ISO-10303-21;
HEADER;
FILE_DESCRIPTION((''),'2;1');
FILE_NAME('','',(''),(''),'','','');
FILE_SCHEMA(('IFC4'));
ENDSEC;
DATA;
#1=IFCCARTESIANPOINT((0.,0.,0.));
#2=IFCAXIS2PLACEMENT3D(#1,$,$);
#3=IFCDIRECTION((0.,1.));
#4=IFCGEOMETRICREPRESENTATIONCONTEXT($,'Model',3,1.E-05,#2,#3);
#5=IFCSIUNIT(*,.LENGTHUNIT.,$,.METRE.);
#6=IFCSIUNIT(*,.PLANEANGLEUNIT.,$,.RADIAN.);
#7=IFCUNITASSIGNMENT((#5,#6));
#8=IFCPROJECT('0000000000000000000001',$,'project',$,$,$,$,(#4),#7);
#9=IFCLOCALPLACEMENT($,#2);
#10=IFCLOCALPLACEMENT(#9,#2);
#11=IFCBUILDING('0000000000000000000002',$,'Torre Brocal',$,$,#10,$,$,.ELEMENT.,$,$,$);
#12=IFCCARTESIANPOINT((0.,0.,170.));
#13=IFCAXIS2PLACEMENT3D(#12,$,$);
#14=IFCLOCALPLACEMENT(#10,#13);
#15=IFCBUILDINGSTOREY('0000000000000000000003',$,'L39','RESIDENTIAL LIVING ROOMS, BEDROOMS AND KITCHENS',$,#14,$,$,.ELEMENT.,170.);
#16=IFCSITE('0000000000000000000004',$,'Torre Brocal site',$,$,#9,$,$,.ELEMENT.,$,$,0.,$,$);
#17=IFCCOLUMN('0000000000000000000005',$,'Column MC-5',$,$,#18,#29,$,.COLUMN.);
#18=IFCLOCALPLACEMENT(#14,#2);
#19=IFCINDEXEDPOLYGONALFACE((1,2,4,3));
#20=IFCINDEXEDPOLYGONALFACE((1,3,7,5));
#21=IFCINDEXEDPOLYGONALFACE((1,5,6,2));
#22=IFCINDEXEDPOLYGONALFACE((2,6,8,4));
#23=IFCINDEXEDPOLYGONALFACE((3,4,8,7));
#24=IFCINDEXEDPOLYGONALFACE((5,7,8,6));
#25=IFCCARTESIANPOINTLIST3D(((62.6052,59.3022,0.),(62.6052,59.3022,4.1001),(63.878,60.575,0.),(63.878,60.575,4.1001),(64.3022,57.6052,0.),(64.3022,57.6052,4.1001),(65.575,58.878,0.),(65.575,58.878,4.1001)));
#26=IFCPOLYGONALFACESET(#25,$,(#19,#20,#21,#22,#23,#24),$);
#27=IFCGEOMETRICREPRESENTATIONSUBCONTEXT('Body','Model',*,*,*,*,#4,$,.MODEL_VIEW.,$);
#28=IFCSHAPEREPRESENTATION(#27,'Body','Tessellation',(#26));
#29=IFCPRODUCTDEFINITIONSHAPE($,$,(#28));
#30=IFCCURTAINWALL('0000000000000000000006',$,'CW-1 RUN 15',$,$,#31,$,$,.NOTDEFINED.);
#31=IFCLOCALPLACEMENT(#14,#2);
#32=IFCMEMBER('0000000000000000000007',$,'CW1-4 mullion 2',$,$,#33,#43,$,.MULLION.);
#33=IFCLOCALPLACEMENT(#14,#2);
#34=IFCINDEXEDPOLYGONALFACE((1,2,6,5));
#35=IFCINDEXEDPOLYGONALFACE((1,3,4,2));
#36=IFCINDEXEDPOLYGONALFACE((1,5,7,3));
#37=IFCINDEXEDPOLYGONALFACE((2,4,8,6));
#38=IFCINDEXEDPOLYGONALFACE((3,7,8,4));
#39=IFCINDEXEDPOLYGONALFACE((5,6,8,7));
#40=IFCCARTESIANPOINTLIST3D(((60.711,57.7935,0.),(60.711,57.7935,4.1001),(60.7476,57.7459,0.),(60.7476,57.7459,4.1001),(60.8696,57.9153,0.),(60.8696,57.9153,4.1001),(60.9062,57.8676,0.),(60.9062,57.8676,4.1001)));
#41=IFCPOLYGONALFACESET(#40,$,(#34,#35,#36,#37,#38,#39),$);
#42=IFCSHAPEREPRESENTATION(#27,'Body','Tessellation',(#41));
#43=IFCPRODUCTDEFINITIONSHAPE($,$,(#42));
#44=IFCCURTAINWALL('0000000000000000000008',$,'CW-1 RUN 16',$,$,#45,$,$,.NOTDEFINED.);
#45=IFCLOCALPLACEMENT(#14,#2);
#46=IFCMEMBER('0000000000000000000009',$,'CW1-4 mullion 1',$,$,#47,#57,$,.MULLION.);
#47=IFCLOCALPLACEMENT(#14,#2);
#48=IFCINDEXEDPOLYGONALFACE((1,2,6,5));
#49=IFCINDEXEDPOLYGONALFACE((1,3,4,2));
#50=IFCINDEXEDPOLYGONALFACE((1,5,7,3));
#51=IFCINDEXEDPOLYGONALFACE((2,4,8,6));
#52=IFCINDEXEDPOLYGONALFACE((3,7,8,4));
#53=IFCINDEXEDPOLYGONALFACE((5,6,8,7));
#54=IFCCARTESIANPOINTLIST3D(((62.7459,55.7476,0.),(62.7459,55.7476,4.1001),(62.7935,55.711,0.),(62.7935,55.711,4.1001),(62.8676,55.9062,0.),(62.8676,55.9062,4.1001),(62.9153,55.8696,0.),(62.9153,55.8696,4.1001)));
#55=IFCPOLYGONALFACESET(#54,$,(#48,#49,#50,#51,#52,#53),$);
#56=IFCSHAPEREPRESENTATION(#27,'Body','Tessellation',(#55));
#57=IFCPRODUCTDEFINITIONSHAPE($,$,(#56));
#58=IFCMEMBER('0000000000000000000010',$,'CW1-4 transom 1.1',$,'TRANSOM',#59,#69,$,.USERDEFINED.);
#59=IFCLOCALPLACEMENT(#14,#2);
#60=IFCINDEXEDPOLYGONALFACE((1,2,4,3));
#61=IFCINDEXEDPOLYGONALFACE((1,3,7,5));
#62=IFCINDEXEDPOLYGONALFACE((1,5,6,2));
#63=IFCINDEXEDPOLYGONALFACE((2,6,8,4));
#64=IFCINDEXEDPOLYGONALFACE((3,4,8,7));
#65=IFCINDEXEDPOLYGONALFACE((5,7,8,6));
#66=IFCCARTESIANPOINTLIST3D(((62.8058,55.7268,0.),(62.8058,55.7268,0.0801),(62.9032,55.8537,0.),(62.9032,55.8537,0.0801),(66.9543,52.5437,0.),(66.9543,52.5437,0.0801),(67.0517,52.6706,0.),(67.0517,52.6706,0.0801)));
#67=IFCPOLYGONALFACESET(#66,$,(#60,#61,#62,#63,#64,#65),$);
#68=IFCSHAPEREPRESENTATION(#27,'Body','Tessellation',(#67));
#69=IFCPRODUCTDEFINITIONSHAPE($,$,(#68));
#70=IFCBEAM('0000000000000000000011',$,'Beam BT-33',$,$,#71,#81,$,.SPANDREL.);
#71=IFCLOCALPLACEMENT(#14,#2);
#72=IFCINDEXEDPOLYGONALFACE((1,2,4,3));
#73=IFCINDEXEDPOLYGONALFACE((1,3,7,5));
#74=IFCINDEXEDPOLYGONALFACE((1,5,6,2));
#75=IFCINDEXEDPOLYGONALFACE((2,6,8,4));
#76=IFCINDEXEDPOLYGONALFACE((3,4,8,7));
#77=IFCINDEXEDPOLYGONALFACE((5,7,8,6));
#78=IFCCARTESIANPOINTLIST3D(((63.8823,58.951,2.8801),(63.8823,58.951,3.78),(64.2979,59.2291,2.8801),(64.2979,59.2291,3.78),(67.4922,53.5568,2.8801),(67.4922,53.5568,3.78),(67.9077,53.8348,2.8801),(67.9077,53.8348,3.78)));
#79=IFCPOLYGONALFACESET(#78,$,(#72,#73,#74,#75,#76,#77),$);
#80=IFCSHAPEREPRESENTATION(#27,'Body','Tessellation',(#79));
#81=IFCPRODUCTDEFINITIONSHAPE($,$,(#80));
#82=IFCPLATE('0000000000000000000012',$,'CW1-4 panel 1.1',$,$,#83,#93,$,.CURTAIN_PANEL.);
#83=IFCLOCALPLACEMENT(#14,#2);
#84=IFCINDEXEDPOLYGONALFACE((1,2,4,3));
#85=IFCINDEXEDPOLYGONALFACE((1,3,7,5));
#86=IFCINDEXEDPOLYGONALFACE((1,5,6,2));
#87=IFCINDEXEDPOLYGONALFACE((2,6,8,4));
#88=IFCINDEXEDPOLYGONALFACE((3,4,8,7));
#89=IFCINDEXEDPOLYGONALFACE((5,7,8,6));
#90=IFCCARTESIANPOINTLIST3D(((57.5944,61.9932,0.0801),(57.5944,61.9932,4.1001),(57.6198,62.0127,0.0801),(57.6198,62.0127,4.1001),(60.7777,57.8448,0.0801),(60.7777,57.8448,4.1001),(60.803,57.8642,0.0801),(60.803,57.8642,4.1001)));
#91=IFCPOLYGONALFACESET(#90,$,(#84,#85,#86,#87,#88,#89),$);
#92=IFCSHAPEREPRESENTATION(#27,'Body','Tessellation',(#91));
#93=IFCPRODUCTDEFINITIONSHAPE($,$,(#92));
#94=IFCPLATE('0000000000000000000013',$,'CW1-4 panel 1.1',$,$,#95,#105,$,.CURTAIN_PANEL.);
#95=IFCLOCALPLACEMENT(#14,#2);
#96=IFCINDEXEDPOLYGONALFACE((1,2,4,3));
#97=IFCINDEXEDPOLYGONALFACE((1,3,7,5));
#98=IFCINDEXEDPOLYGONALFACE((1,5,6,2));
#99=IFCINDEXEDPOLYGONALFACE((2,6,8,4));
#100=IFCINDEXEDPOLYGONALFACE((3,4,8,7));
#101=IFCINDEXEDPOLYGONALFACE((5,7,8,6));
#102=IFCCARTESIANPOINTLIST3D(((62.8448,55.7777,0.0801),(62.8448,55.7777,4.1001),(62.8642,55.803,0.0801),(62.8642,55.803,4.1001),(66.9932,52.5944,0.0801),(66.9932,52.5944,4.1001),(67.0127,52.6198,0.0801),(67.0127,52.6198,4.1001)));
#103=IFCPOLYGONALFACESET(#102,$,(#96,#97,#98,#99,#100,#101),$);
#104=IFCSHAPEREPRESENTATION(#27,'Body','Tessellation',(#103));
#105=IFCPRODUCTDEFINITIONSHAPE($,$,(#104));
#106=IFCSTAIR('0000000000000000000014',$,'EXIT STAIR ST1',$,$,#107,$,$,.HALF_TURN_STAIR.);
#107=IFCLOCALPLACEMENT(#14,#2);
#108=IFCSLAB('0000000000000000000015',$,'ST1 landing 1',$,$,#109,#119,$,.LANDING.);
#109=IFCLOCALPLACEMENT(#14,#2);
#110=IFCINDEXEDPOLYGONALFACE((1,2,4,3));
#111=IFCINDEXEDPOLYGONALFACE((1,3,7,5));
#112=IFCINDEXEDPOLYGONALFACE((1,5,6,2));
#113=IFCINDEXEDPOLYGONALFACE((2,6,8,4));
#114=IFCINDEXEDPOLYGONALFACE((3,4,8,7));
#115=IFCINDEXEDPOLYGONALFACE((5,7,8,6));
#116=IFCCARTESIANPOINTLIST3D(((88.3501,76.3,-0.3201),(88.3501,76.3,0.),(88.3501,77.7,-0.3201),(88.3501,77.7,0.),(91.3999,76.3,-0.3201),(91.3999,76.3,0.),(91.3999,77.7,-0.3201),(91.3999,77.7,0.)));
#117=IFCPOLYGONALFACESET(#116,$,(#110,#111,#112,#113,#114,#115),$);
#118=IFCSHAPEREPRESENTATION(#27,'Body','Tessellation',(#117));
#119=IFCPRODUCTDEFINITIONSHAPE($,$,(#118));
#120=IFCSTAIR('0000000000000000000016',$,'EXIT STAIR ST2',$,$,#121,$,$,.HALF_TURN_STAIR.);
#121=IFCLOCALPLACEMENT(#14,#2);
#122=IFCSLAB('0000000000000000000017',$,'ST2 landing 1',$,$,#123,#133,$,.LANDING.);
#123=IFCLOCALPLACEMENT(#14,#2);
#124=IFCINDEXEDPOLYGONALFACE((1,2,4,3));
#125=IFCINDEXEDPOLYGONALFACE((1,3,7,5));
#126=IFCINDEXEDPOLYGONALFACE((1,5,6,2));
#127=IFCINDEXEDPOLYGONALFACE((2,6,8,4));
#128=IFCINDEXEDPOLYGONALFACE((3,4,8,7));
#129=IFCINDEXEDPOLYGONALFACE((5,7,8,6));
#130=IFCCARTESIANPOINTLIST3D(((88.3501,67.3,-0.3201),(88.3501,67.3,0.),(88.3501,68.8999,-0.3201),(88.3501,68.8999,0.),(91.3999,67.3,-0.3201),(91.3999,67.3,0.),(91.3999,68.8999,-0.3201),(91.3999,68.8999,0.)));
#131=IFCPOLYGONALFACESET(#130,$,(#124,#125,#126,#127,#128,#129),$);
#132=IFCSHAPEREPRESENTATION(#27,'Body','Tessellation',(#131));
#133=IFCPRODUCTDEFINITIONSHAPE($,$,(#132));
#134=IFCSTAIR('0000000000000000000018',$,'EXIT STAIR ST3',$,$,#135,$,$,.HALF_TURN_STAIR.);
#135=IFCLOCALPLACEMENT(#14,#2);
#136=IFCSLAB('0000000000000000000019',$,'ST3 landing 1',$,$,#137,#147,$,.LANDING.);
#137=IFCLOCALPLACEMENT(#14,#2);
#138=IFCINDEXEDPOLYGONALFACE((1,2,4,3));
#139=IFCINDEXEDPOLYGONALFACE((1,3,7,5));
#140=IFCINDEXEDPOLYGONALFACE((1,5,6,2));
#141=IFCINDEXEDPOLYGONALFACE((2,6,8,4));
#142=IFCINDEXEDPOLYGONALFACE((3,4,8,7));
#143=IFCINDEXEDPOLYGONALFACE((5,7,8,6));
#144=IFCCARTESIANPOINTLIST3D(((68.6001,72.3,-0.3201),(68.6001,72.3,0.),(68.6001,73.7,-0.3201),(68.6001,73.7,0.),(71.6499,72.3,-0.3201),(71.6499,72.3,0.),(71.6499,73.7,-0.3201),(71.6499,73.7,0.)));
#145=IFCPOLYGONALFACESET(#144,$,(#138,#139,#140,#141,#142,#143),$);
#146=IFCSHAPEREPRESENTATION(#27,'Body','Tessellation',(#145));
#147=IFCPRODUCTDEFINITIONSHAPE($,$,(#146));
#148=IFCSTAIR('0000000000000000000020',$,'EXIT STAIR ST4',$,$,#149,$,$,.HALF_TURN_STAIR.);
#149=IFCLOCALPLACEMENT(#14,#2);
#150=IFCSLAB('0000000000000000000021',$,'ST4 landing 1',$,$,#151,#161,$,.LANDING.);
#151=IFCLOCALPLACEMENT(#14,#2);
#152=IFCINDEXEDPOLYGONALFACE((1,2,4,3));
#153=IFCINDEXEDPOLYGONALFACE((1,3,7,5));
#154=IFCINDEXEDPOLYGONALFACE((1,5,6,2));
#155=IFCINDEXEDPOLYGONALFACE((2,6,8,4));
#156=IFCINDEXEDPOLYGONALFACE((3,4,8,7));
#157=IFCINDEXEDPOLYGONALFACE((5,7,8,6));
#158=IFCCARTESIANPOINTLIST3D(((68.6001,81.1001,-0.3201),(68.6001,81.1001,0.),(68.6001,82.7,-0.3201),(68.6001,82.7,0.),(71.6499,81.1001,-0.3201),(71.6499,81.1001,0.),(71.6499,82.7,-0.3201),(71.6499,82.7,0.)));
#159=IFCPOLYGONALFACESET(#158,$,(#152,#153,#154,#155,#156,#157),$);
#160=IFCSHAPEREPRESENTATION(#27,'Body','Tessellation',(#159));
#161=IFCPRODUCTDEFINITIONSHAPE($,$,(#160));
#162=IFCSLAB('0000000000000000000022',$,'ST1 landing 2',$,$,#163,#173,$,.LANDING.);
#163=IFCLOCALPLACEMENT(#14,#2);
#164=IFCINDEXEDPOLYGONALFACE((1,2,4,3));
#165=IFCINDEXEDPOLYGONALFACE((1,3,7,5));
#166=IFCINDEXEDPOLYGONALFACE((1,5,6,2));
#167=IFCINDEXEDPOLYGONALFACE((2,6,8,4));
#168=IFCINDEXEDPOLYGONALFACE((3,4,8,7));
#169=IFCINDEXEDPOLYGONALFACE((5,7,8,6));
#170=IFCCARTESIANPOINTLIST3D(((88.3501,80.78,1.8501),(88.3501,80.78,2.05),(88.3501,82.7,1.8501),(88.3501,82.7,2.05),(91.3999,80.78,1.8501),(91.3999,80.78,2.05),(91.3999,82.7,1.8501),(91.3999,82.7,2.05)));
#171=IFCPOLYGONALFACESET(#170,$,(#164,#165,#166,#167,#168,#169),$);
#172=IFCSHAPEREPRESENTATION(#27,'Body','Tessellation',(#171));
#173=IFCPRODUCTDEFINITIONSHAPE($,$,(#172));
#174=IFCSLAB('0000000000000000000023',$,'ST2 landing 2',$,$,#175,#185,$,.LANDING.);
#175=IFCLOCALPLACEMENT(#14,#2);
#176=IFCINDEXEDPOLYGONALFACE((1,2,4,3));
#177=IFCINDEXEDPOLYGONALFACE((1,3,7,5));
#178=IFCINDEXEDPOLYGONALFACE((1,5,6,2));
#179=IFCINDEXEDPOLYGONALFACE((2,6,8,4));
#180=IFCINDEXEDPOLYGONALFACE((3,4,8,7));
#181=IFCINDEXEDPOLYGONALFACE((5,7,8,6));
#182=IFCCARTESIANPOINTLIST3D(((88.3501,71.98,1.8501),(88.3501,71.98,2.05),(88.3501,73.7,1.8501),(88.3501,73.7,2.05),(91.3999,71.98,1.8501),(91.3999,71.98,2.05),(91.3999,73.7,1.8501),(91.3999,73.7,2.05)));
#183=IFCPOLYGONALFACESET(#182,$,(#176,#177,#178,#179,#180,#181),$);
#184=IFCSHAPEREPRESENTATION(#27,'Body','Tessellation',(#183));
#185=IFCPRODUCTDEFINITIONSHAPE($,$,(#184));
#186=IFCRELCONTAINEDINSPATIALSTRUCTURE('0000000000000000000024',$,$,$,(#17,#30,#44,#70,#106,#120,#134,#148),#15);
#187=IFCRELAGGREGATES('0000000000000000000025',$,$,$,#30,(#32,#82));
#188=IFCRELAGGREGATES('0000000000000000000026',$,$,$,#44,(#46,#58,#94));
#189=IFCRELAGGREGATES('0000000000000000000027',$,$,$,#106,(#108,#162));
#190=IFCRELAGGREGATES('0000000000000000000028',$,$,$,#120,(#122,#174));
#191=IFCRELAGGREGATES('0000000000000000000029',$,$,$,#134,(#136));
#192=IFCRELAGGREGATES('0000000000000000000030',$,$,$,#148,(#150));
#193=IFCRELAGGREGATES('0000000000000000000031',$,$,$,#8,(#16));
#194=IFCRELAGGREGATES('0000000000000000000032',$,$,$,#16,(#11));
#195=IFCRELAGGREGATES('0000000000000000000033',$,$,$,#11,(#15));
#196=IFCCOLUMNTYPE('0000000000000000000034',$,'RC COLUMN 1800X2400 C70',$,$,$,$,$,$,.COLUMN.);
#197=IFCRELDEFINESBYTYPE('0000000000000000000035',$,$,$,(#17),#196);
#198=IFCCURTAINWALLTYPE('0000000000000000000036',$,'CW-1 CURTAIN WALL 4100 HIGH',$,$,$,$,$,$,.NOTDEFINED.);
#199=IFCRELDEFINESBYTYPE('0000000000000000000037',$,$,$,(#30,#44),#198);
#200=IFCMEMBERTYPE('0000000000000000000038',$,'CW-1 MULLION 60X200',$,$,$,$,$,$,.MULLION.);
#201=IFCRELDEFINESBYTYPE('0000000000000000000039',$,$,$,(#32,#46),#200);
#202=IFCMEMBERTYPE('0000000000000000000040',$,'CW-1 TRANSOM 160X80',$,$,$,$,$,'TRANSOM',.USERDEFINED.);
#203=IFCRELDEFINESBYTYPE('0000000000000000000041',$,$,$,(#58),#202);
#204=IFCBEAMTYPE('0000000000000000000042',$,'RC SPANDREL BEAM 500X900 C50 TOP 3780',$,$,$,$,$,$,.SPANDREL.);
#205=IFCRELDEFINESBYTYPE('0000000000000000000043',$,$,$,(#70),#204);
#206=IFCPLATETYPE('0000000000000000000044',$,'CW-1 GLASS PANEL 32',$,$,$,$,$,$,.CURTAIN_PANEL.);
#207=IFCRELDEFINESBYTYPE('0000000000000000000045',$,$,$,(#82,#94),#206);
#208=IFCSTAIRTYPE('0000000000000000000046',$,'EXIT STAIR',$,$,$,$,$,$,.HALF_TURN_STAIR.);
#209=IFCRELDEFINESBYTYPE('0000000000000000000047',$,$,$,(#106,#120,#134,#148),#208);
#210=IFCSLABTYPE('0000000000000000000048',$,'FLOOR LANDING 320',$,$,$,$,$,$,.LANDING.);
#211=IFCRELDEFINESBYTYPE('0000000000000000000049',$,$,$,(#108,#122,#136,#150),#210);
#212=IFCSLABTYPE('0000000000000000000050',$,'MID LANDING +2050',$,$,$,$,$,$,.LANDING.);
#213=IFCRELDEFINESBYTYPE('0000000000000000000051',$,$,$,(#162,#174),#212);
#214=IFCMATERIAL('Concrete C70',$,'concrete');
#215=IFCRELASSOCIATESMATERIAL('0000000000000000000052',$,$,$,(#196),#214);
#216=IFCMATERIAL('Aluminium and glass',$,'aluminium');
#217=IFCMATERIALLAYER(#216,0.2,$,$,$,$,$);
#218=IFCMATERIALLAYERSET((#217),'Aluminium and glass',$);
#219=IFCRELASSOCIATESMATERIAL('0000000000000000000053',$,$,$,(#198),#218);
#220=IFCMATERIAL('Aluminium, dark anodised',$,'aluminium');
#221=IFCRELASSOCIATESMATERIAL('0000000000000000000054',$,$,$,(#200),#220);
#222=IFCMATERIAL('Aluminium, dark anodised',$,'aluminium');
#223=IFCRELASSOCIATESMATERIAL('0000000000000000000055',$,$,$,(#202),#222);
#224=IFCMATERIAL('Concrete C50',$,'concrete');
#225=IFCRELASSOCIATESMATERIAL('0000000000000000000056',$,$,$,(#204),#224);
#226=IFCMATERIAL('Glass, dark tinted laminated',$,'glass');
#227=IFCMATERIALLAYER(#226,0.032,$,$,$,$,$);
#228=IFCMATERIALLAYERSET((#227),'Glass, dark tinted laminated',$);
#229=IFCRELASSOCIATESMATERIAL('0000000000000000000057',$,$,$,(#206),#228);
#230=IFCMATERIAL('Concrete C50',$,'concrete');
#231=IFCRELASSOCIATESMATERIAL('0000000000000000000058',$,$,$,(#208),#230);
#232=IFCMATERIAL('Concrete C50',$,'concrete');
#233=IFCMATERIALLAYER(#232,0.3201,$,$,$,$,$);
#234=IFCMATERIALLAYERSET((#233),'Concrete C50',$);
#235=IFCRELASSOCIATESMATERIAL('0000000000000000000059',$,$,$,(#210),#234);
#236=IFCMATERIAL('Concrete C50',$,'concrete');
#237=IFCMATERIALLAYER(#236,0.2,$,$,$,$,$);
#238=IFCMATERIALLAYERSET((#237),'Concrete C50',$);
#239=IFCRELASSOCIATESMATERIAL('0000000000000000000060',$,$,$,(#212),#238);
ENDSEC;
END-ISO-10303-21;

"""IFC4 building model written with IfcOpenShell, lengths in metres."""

from ifc_helpers import new_model, si_unit, direction, frame, origin, origin_2d, place, context, subcontext, project, spatial, polyline, rectangle, outline, extrude, material, layer, layer_set, material_profile, profile_set, type_object, element, aggregate, save


model = new_model("IFC4")

# Units and contexts
model_context = context("Model", 3, precision=1e-05, world=origin(), true_north=direction((0.0, 1.0)))
body_context = subcontext(model_context, "Body", "Model", "MODEL_VIEW")
ifc_project = project(units=[si_unit("LENGTHUNIT", "METRE"), si_unit("PLANEANGLEUNIT", "RADIAN")], contexts=[model_context])

# Site, building, storey
site_placement = place(None, origin())
site = spatial("IfcSite", under=ifc_project, at=site_placement, Name="Torre Brocal site", CompositionType="ELEMENT", RefElevation=0.0)
building_placement = place(site_placement, origin())
building = spatial("IfcBuilding", under=site, at=building_placement, Name="Torre Brocal", CompositionType="ELEMENT")
storey_placement = place(building_placement, frame((0.0, 0.0, 170.0)))
storey = spatial("IfcBuildingStorey", under=building, at=storey_placement, Name="L39", Description="RESIDENTIAL LIVING ROOMS, BEDROOMS AND KITCHENS", CompositionType="ELEMENT", Elevation=170.0)

# Column
ifc_material_1 = material(Name="Concrete C70", Category="concrete")
ifc_material_profile_1 = material_profile(ifc_material_1, rectangle(XDim=1.8, YDim=2.3999, at=origin_2d()), Name="RC 1800X2400")
ifc_profile_set_1 = profile_set([ifc_material_profile_1], Name="Concrete C70")
column_type = type_object("IfcColumnType", Name="RC COLUMN 1800X2400 C70", PredefinedType="COLUMN", material=ifc_profile_set_1)
column_placement = place(storey_placement, frame((64.0901, 59.0901, 0.0), z_axis=(0.0, 0.0, 1.0), x_axis=(-0.707107, -0.707107, 0.0)))
element("IfcColumn", 1, at=column_placement, inside=storey, type_object=column_type, Name="Column MC-5", PredefinedType="COLUMN", context=body_context, shape_type="SweptSolid", body=[
    extrude(rectangle(XDim=1.8, YDim=2.3999, at=origin_2d()), origin(), (0.0, 0.0, 1.0), 4.1001),
])

# Curtain wall, member
ifc_material_2 = material(Name="Aluminium and glass", Category="aluminium")
ifc_layer_1 = layer(ifc_material_2, 0.2)
ifc_layer_set_1 = layer_set([ifc_layer_1], Name="Aluminium and glass")
curtain_wall_type = type_object("IfcCurtainWallType", Name="CW-1 CURTAIN WALL 4100 HIGH", PredefinedType="NOTDEFINED", material=ifc_layer_set_1)
curtain_wall_1_placement = place(storey_placement, origin())
curtain_wall_1 = element("IfcCurtainWall", 2, at=curtain_wall_1_placement, inside=storey, type_object=curtain_wall_type, Name="CW-1 RUN 15", PredefinedType="NOTDEFINED")
ifc_material_3 = material(Name="Aluminium, dark anodised", Category="aluminium")
ifc_material_profile_2 = material_profile(ifc_material_3, rectangle(XDim=0.2, YDim=0.0601, at=origin_2d()), Name="CW-1 MULLION 60X200")
ifc_profile_set_2 = profile_set([ifc_material_profile_2], Name="Aluminium, dark anodised")
member_type_1 = type_object("IfcMemberType", Name="CW-1 MULLION 60X200", PredefinedType="MULLION", material=ifc_profile_set_2)
member_1_placement = place(storey_placement, frame((60.8086, 57.8306, 0.0), z_axis=(0.0, 0.0, 1.0), x_axis=(0.793353, 0.608761, 0.0)))
member_1 = element("IfcMember", 3, at=member_1_placement, type_object=member_type_1, Name="CW1-4 mullion 2", PredefinedType="MULLION", context=body_context, shape_type="SweptSolid", body=[
    extrude(rectangle(XDim=0.2, YDim=0.0601, at=origin_2d()), origin(), (0.0, 0.0, 1.0), 4.1001),
])

# Curtain wall, members
curtain_wall_2_placement = place(storey_placement, origin())
curtain_wall_2 = element("IfcCurtainWall", 4, at=curtain_wall_2_placement, inside=storey, type_object=curtain_wall_type, Name="CW-1 RUN 16", PredefinedType="NOTDEFINED")
member_2_placement = place(storey_placement, frame((62.8306, 55.8086, 0.0), z_axis=(0.0, 0.0, 1.0), x_axis=(0.608761, 0.793353, 0.0)))
member_2 = element("IfcMember", 5, at=member_2_placement, type_object=member_type_1, Name="CW1-4 mullion 1", PredefinedType="MULLION", context=body_context, shape_type="SweptSolid", body=[
    extrude(rectangle(XDim=0.2, YDim=0.0601, at=origin_2d()), origin(), (0.0, 0.0, 1.0), 4.1001),
])
ifc_material_4 = material(Name="Aluminium, dark anodised", Category="aluminium")
ifc_material_profile_3 = material_profile(ifc_material_4, rectangle(XDim=0.1599, YDim=0.0801, at=origin_2d()), Name="CW-1 TRANSOM 160X80")
ifc_profile_set_3 = profile_set([ifc_material_profile_3], Name="Aluminium, dark anodised")
member_type_2 = type_object("IfcMemberType", Name="CW-1 TRANSOM 160X80", ElementType="TRANSOM", PredefinedType="USERDEFINED", material=ifc_profile_set_3)
member_3_placement = place(storey_placement, frame((62.8545, 55.7903, 0.04), z_axis=(0.793363, -0.608749, 0.0), x_axis=(0.608749, 0.793363, 0.0)))
member_3 = element("IfcMember", 6, at=member_3_placement, type_object=member_type_2, Name="CW1-4 transom 1.1", ObjectType="TRANSOM", PredefinedType="USERDEFINED", context=body_context, shape_type="SweptSolid", body=[
    extrude(rectangle(XDim=0.1599, YDim=0.0801, at=origin_2d()), origin(), (0.0, 0.0, 1.0), 5.229),
])

# Beam
ifc_material_5 = material(Name="Concrete C50", Category="concrete")
ifc_material_profile_4 = material_profile(ifc_material_5, rectangle(XDim=0.5, YDim=0.8999, at=origin_2d()), Name="RC 500X900")
ifc_profile_set_4 = profile_set([ifc_material_profile_4], Name="Concrete C50")
beam_type = type_object("IfcBeamType", Name="RC SPANDREL BEAM 500X900 C50 TOP 3780", PredefinedType="SPANDREL", material=ifc_profile_set_4)
beam_placement = place(storey_placement, frame((64.0901, 59.0901, 3.3301), z_axis=(0.556158, -0.831077, 0.0), x_axis=(0.831077, 0.556158, 0.0)))
element("IfcBeam", 7, at=beam_placement, inside=storey, type_object=beam_type, Name="Beam BT-33", PredefinedType="SPANDREL", context=body_context, shape_type="SweptSolid", body=[
    extrude(rectangle(XDim=0.5, YDim=0.8999, at=origin_2d()), origin(), (0.0, 0.0, 1.0), 6.4907),
])

# Plates
ifc_material_6 = material(Name="Glass, dark tinted laminated", Category="glass")
ifc_layer_2 = layer(ifc_material_6, 0.032)
ifc_layer_set_2 = layer_set([ifc_layer_2], Name="Glass, dark tinted laminated")
plate_type = type_object("IfcPlateType", Name="CW-1 GLASS PANEL 32", PredefinedType="CURTAIN_PANEL", material=ifc_layer_set_2)
plate_1_placement = place(storey_placement, frame((59.1987, 59.9287, 0.0801), z_axis=(0.0, 0.0, 1.0), x_axis=(0.608761, -0.793353, 0.0)))
plate_1 = element("IfcPlate", 8, at=plate_1_placement, type_object=plate_type, Name="CW1-4 panel 1.1", PredefinedType="CURTAIN_PANEL", context=body_context, shape_type="SweptSolid", body=[
    extrude(rectangle(XDim=5.229, YDim=0.032, at=origin_2d()), origin(), (0.0, 0.0, 1.0), 4.02),
])
aggregate(curtain_wall_1, [member_1, plate_1])
plate_2_placement = place(storey_placement, frame((64.9287, 54.1987, 0.0801), z_axis=(0.0, 0.0, 1.0), x_axis=(0.793353, -0.608761, 0.0)))
plate_2 = element("IfcPlate", 9, at=plate_2_placement, type_object=plate_type, Name="CW1-4 panel 1.1", PredefinedType="CURTAIN_PANEL", context=body_context, shape_type="SweptSolid", body=[
    extrude(rectangle(XDim=5.229, YDim=0.032, at=origin_2d()), origin(), (0.0, 0.0, 1.0), 4.02),
])
aggregate(curtain_wall_2, [member_2, member_3, plate_2])

# Stairs, slabs
ifc_material_7 = material(Name="Concrete C50", Category="concrete")
stair_type = type_object("IfcStairType", Name="EXIT STAIR", PredefinedType="HALF_TURN_STAIR", material=ifc_material_7)
stair_1_placement = place(storey_placement, origin())
stair_1 = element("IfcStair", 10, at=stair_1_placement, inside=storey, type_object=stair_type, Name="EXIT STAIR ST1", PredefinedType="HALF_TURN_STAIR")
ifc_material_8 = material(Name="Concrete C50", Category="concrete")
ifc_layer_3 = layer(ifc_material_8, 0.3201)
ifc_layer_set_3 = layer_set([ifc_layer_3], Name="Concrete C50")
slab_type_1 = type_object("IfcSlabType", Name="FLOOR LANDING 320", PredefinedType="LANDING", material=ifc_layer_set_3)
slab_1_placement = place(storey_placement, frame((0.0, 0.0, -0.3201)))
slab_1 = element("IfcSlab", 11, at=slab_1_placement, type_object=slab_type_1, Name="ST1 landing 1", PredefinedType="LANDING", context=body_context, shape_type="SweptSolid", body=[
    extrude(outline(polyline([(88.3501, 76.3), (91.3999, 76.3), (91.3999, 77.7), (88.3501, 77.7), (88.3501, 76.3)])), origin(), (0.0, 0.0, 1.0), 0.3201),
])
stair_2_placement = place(storey_placement, origin())
stair_2 = element("IfcStair", 12, at=stair_2_placement, inside=storey, type_object=stair_type, Name="EXIT STAIR ST2", PredefinedType="HALF_TURN_STAIR")
slab_2_placement = place(storey_placement, frame((0.0, 0.0, -0.3201)))
slab_2 = element("IfcSlab", 13, at=slab_2_placement, type_object=slab_type_1, Name="ST2 landing 1", PredefinedType="LANDING", context=body_context, shape_type="SweptSolid", body=[
    extrude(outline(polyline([(88.3501, 67.3), (91.3999, 67.3), (91.3999, 68.8999), (88.3501, 68.8999), (88.3501, 67.3)])), origin(), (0.0, 0.0, 1.0), 0.3201),
])
stair_3_placement = place(storey_placement, origin())
stair_3 = element("IfcStair", 14, at=stair_3_placement, inside=storey, type_object=stair_type, Name="EXIT STAIR ST3", PredefinedType="HALF_TURN_STAIR")
slab_3_placement = place(storey_placement, frame((0.0, 0.0, -0.3201)))
slab_3 = element("IfcSlab", 15, at=slab_3_placement, type_object=slab_type_1, Name="ST3 landing 1", PredefinedType="LANDING", context=body_context, shape_type="SweptSolid", body=[
    extrude(outline(polyline([(71.6499, 73.7), (68.6001, 73.7), (68.6001, 72.3), (71.6499, 72.3), (71.6499, 73.7)])), origin(), (0.0, 0.0, 1.0), 0.3201),
])
stair_4_placement = place(storey_placement, origin())
stair_4 = element("IfcStair", 16, at=stair_4_placement, inside=storey, type_object=stair_type, Name="EXIT STAIR ST4", PredefinedType="HALF_TURN_STAIR")
slab_4_placement = place(storey_placement, frame((0.0, 0.0, -0.3201)))
slab_4 = element("IfcSlab", 17, at=slab_4_placement, type_object=slab_type_1, Name="ST4 landing 1", PredefinedType="LANDING", context=body_context, shape_type="SweptSolid", body=[
    extrude(outline(polyline([(71.6499, 82.7), (68.6001, 82.7), (68.6001, 81.1001), (71.6499, 81.1001), (71.6499, 82.7)])), origin(), (0.0, 0.0, 1.0), 0.3201),
])

# Slabs
ifc_material_9 = material(Name="Concrete C50", Category="concrete")
ifc_layer_4 = layer(ifc_material_9, 0.2)
ifc_layer_set_4 = layer_set([ifc_layer_4], Name="Concrete C50")
slab_type_2 = type_object("IfcSlabType", Name="MID LANDING +2050", PredefinedType="LANDING", material=ifc_layer_set_4)
slab_5_placement = place(storey_placement, frame((0.0, 0.0, 1.8501)))
slab_5 = element("IfcSlab", 18, at=slab_5_placement, type_object=slab_type_2, Name="ST1 landing 2", PredefinedType="LANDING", context=body_context, shape_type="SweptSolid", body=[
    extrude(outline(polyline([(88.3501, 80.78), (91.3999, 80.78), (91.3999, 82.7), (88.3501, 82.7), (88.3501, 80.78)])), origin(), (0.0, 0.0, 1.0), 0.2),
])
aggregate(stair_1, [slab_1, slab_5])
slab_6_placement = place(storey_placement, frame((0.0, 0.0, 1.8501)))
slab_6 = element("IfcSlab", 19, at=slab_6_placement, type_object=slab_type_2, Name="ST2 landing 2", PredefinedType="LANDING", context=body_context, shape_type="SweptSolid", body=[
    extrude(outline(polyline([(88.3501, 71.98), (91.3999, 71.98), (91.3999, 73.7), (88.3501, 73.7), (88.3501, 71.98)])), origin(), (0.0, 0.0, 1.0), 0.2),
])
aggregate(stair_2, [slab_2, slab_6])
aggregate(stair_3, [slab_3])
aggregate(stair_4, [slab_4])

save(model, "model.ifc")
